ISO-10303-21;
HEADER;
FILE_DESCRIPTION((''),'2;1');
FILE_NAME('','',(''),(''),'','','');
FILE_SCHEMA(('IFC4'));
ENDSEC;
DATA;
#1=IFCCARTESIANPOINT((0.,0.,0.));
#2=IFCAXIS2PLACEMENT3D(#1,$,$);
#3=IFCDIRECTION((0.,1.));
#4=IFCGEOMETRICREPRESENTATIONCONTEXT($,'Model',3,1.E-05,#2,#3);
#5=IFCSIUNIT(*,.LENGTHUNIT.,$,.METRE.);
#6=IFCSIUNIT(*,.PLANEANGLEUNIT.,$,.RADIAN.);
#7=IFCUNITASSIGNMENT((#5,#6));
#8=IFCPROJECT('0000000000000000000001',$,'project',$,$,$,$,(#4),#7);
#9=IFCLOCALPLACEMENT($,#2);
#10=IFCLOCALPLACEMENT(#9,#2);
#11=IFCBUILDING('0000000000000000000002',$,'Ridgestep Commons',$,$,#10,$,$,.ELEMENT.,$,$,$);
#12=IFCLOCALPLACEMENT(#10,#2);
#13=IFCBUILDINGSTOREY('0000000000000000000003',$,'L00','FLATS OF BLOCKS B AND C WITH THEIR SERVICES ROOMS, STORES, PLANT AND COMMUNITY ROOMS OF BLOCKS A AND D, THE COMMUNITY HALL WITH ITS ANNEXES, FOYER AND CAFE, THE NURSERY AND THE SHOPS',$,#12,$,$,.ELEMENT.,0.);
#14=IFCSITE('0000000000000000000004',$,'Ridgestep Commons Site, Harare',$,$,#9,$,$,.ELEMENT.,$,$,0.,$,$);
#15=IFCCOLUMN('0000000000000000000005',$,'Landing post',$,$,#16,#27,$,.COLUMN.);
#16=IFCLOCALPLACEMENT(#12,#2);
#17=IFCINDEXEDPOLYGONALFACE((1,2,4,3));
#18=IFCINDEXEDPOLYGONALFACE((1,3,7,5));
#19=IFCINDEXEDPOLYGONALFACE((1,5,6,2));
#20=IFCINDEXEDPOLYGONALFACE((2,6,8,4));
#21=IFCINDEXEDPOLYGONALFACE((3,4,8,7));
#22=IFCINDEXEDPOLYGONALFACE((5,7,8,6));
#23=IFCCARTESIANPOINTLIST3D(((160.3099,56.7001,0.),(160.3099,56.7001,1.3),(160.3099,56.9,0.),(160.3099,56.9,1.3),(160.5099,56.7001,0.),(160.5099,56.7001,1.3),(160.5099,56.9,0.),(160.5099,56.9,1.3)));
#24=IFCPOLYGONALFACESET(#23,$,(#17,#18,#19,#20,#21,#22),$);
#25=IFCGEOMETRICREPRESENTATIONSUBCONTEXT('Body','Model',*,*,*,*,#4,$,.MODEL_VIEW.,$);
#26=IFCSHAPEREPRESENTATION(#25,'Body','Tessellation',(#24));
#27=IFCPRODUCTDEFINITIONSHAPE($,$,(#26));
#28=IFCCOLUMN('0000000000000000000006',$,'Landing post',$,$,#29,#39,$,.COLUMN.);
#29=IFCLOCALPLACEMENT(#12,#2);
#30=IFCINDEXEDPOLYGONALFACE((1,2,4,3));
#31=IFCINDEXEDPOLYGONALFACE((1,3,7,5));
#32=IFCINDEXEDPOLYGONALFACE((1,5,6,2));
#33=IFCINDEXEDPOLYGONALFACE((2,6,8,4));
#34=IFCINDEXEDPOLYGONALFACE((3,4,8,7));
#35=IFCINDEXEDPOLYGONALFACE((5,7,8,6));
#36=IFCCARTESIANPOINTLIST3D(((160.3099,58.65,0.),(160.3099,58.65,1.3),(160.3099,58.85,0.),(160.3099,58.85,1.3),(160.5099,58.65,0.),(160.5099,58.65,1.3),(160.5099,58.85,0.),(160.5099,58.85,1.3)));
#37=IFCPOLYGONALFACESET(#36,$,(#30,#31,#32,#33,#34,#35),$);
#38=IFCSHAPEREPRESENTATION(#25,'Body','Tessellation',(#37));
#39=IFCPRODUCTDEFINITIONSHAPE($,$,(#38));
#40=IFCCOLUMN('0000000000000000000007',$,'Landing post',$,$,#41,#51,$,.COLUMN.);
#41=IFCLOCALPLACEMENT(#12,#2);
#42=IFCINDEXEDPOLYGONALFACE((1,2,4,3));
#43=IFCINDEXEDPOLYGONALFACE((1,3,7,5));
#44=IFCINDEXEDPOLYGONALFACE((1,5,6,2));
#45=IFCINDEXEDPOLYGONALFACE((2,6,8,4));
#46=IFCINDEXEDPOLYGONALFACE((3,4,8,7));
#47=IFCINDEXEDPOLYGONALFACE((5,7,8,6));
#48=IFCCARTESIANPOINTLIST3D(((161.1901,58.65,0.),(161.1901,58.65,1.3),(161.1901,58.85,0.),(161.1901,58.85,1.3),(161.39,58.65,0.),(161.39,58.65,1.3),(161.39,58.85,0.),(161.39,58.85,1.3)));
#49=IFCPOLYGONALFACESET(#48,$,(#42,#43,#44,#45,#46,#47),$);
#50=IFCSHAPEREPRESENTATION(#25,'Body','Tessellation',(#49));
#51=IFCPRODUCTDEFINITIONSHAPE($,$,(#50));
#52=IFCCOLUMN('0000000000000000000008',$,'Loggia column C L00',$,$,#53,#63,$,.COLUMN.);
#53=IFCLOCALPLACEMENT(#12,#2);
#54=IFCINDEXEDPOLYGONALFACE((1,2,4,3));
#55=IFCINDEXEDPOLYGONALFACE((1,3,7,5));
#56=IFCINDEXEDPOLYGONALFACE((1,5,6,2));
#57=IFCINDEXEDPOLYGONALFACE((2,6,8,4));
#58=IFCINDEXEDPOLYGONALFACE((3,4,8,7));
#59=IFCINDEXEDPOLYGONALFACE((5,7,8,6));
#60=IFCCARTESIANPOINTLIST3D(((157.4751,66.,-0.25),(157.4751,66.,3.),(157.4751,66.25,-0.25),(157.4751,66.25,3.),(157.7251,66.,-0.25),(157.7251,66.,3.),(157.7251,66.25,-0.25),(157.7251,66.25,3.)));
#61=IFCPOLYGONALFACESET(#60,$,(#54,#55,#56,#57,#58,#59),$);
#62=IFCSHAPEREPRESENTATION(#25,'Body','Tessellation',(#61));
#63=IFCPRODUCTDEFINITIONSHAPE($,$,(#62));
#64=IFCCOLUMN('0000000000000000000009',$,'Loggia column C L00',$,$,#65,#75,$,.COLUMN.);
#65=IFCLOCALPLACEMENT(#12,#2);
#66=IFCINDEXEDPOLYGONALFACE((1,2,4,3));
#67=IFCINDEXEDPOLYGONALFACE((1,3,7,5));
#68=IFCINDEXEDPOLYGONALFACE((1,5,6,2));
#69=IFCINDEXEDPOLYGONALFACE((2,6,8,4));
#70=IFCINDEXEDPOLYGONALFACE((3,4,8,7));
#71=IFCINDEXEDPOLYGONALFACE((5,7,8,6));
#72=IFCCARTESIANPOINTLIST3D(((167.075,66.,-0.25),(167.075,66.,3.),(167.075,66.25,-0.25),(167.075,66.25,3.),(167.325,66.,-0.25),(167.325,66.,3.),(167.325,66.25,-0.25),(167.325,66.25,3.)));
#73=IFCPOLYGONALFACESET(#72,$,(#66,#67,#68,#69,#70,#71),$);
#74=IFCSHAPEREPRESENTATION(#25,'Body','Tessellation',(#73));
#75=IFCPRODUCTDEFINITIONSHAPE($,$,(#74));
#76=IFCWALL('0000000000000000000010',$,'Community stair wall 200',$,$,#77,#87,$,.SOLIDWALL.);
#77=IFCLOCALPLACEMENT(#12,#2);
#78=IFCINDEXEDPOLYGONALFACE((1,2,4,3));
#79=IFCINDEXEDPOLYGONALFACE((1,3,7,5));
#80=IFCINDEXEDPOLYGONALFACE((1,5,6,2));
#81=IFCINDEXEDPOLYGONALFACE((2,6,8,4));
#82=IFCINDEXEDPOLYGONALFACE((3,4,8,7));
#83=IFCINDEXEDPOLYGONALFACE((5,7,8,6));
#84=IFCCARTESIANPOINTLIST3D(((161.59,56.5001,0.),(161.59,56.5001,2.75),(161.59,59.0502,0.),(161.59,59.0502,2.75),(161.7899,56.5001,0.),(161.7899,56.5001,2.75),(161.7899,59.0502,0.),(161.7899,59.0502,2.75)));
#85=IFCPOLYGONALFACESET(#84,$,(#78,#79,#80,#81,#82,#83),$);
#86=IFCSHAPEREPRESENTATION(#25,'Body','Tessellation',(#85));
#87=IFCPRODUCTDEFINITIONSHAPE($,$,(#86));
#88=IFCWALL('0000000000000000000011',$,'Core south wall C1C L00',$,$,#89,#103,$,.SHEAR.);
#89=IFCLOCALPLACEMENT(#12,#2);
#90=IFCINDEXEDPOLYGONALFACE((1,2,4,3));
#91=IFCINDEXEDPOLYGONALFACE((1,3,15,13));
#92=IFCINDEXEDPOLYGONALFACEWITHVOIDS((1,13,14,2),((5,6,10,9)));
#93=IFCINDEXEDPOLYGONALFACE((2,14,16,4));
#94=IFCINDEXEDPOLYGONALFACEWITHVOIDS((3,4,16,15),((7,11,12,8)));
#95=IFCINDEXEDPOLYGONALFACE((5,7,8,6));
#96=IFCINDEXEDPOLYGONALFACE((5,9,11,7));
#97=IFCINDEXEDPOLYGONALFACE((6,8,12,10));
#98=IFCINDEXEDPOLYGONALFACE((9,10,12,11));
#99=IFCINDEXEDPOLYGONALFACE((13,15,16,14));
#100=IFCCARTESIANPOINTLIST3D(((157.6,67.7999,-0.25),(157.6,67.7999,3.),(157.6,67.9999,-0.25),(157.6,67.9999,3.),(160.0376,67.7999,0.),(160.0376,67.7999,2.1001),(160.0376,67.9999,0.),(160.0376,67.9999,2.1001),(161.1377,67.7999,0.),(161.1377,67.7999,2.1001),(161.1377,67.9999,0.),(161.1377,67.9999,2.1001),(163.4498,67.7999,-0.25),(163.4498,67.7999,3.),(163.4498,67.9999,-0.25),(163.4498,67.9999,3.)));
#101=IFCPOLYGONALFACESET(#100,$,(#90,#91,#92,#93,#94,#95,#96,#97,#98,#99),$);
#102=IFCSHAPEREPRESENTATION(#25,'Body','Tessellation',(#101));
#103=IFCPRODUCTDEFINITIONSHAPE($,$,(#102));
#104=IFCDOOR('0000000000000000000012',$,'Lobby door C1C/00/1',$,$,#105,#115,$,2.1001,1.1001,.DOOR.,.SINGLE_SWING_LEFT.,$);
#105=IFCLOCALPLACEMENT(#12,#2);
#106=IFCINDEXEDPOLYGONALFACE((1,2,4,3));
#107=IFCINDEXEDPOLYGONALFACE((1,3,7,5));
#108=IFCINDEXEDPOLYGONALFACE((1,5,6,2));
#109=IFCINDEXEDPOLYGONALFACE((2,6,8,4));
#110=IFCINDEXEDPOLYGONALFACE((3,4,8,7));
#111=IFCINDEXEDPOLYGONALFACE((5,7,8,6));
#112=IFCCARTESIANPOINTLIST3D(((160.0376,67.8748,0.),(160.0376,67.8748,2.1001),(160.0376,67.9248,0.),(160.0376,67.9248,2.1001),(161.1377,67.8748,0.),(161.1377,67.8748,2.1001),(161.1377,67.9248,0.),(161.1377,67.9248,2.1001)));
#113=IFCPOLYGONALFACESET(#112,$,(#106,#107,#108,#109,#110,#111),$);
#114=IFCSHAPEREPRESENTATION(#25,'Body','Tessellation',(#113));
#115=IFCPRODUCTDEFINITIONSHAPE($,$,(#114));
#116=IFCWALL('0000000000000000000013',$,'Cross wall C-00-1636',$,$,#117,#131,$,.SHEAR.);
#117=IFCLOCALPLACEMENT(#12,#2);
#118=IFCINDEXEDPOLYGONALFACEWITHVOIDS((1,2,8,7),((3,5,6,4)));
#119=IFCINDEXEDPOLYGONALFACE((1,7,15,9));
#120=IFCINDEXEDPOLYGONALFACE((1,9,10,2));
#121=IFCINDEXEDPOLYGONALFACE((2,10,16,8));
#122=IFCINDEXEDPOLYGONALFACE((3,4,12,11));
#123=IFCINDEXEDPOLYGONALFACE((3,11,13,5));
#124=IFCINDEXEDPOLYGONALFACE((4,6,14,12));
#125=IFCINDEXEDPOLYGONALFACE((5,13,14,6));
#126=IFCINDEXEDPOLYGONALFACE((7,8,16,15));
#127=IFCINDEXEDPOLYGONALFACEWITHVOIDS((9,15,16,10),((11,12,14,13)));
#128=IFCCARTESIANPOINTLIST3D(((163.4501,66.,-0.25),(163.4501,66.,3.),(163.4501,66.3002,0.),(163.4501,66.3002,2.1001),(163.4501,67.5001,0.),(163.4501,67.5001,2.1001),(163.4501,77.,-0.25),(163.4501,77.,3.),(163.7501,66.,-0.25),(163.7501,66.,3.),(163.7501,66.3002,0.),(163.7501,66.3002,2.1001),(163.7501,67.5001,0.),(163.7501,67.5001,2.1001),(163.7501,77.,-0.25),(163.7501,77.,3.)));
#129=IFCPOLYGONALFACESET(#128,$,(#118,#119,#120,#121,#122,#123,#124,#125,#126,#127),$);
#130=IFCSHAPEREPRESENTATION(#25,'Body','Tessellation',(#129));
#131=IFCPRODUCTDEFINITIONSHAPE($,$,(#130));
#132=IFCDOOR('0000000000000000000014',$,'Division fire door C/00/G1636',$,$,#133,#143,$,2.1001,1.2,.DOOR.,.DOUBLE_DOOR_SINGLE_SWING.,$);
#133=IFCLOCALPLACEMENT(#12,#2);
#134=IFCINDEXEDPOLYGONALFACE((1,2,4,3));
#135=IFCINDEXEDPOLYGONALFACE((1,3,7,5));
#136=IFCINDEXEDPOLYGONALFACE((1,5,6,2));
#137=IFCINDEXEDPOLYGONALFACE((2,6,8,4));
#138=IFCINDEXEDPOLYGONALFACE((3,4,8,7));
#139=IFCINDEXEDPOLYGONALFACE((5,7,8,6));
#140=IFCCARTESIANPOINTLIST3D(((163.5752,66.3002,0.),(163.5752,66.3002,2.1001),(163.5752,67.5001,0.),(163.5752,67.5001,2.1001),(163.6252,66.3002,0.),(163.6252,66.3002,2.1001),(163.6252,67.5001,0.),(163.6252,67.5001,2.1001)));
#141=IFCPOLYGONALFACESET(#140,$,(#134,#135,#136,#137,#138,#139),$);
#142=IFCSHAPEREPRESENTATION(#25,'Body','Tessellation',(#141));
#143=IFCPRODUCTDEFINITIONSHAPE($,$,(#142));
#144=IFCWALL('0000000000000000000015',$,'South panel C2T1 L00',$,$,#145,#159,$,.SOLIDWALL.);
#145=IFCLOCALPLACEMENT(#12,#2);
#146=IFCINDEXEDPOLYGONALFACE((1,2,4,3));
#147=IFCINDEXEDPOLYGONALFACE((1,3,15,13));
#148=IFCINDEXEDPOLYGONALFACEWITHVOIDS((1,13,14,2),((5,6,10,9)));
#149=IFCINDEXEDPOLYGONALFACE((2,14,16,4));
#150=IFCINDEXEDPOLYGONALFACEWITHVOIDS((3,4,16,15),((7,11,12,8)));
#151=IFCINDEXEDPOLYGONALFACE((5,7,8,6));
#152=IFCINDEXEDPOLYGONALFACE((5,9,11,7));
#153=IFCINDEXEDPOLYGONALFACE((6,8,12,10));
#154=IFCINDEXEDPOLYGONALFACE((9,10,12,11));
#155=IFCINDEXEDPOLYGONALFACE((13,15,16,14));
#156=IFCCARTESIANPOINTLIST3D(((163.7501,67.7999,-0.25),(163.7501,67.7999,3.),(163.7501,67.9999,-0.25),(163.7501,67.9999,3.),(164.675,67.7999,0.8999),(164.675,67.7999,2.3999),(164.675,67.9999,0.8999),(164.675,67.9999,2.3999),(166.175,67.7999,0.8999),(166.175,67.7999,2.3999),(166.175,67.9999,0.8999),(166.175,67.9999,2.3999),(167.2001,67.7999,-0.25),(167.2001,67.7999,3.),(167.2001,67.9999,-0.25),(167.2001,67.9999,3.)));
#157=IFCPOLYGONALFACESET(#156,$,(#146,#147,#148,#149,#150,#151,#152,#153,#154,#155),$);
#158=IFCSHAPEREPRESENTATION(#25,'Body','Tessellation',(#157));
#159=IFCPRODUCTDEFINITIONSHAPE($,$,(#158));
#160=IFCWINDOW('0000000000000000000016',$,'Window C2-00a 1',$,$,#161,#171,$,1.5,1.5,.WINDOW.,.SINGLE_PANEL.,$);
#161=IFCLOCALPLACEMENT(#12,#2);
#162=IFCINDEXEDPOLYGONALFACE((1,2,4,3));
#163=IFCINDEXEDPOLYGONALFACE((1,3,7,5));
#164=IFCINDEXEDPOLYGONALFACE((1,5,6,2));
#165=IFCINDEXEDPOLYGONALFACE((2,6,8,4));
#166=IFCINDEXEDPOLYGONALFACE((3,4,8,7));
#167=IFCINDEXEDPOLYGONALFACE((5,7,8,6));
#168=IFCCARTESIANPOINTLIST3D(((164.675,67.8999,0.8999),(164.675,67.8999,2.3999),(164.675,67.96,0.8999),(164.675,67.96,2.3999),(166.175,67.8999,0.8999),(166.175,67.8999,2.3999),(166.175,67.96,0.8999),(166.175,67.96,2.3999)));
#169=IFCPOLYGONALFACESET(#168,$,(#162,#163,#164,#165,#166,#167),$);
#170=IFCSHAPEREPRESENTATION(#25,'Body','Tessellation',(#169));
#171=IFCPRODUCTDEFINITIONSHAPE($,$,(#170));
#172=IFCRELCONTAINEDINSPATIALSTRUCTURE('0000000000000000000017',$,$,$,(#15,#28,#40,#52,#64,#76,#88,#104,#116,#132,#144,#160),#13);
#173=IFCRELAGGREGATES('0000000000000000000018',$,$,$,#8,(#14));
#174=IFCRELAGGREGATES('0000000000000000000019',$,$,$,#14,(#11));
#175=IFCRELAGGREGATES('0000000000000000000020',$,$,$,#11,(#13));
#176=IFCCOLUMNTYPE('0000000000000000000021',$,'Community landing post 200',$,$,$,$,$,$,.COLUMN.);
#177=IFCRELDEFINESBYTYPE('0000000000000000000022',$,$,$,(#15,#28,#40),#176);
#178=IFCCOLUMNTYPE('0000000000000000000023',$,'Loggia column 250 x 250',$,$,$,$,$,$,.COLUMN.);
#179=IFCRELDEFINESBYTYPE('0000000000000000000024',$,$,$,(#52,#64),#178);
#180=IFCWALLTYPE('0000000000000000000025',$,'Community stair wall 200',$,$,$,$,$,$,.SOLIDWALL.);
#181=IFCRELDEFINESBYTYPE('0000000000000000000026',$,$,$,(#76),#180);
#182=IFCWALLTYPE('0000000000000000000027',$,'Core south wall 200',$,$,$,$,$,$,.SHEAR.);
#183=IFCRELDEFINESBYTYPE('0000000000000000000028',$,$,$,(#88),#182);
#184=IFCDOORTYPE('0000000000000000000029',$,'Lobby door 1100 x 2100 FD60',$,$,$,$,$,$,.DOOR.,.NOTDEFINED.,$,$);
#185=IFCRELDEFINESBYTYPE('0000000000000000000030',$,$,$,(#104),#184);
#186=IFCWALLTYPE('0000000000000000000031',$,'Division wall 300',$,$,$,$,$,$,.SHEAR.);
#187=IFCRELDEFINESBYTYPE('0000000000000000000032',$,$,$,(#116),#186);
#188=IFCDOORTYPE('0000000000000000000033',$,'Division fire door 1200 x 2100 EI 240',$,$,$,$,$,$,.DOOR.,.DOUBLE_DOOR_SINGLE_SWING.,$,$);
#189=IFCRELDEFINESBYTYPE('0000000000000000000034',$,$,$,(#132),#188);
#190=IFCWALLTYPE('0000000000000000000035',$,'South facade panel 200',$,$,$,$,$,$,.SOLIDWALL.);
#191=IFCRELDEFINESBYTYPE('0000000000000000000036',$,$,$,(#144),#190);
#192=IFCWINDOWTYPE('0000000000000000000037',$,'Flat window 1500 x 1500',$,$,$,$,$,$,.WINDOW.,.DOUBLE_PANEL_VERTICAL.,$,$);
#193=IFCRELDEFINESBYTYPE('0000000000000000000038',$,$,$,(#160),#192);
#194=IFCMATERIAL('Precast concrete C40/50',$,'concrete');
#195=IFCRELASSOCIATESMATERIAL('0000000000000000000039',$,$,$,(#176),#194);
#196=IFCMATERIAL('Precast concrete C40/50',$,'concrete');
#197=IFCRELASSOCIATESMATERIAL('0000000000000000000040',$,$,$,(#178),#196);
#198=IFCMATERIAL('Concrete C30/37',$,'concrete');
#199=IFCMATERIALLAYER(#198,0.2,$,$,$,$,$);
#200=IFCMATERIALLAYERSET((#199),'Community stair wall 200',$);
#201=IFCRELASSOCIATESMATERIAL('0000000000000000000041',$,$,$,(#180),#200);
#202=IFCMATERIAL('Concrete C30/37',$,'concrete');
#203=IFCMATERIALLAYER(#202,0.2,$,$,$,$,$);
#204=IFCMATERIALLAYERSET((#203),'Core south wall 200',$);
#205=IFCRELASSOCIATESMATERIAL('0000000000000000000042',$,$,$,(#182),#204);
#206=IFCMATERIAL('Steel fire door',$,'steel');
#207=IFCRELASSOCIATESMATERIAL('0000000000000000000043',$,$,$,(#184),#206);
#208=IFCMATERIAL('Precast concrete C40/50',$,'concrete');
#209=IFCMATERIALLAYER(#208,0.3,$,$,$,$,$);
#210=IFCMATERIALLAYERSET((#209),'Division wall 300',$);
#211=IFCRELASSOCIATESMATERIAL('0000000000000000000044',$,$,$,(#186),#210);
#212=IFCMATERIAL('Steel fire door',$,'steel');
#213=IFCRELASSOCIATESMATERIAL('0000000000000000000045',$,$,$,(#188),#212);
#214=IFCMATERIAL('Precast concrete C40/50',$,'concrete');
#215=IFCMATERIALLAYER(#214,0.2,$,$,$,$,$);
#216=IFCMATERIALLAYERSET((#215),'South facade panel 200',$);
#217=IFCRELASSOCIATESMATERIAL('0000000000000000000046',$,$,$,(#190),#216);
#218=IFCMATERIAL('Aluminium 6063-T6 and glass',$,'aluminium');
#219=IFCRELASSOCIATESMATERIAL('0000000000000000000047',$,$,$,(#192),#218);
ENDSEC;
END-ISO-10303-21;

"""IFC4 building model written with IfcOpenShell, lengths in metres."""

from ifc_helpers import new_model, si_unit, direction, frame, frame_2d, origin, origin_2d, place, context, subcontext, project, spatial, rectangle, extrude, material, layer, layer_set, material_profile, profile_set, type_object, element, fill, save


model = new_model("IFC4")

# Units and contexts
model_context = context("Model", 3, precision=1e-05, world=origin(), true_north=direction((0.0, 1.0)))
body_context = subcontext(model_context, "Body", "Model", "MODEL_VIEW")
ifc_project = project(units=[si_unit("LENGTHUNIT", "METRE"), si_unit("PLANEANGLEUNIT", "RADIAN")], contexts=[model_context])

# Site, building, storey
site_placement = place(None, origin())
site = spatial("IfcSite", under=ifc_project, at=site_placement, Name="Ridgestep Commons Site, Harare", CompositionType="ELEMENT", RefElevation=0.0)
building_placement = place(site_placement, origin())
building = spatial("IfcBuilding", under=site, at=building_placement, Name="Ridgestep Commons", CompositionType="ELEMENT")
storey_placement = place(building_placement, origin())
storey = spatial("IfcBuildingStorey", under=building, at=storey_placement, Name="L00", Description="FLATS OF BLOCKS B AND C WITH THEIR SERVICES ROOMS, STORES, PLANT AND COMMUNITY ROOMS OF BLOCKS A AND D, THE COMMUNITY HALL WITH ITS ANNEXES, FOYER AND CAFE, THE NURSERY AND THE SHOPS", CompositionType="ELEMENT", Elevation=0.0)

# Columns
ifc_material_1 = material(Name="Precast concrete C40/50", Category="concrete")
ifc_material_profile_1 = material_profile(ifc_material_1, rectangle(XDim=0.2, YDim=0.2, at=origin_2d()), Name="Community landing post 200")
ifc_profile_set_1 = profile_set([ifc_material_profile_1], Name="Precast concrete C40/50")
column_type_1 = type_object("IfcColumnType", Name="Community landing post 200", PredefinedType="COLUMN", material=ifc_profile_set_1)
for number, where, z_axis, x_axis, name in (
    (1, (160.4099, 56.8, 0.0), (0.0, 0.0, 1.0), (1.0, 0.0, 0.0), "Landing post"),
    (2, (160.4099, 58.75, 0.0), (0.0, 0.0, 1.0), (1.0, 0.0, 0.0), "Landing post"),
    (3, (161.29, 58.75, 0.0), (0.0, 0.0, 1.0), (1.0, 0.0, 0.0), "Landing post"),
):
    element("IfcColumn", number, at=place(storey_placement, frame(where, z_axis=z_axis, x_axis=x_axis)), inside=storey, type_object=column_type_1, Name=name, PredefinedType="COLUMN", context=body_context, shape_type="SweptSolid", body=[
        extrude(rectangle(XDim=0.2, YDim=0.2, at=origin_2d()), origin(), (0.0, 0.0, 1.0), 1.3),
    ])
ifc_material_2 = material(Name="Precast concrete C40/50", Category="concrete")
ifc_material_profile_2 = material_profile(ifc_material_2, rectangle(XDim=0.25, YDim=0.25, at=origin_2d()), Name="PC 250x250")
ifc_profile_set_2 = profile_set([ifc_material_profile_2], Name="Precast concrete C40/50")
column_type_2 = type_object("IfcColumnType", Name="Loggia column 250 x 250", PredefinedType="COLUMN", material=ifc_profile_set_2)
for number, where, z_axis, x_axis, name in (
    (4, (157.6001, 66.125, -0.25), (0.0, 0.0, 1.0), (1.0, 0.0, 0.0), "Loggia column C L00"),
    (5, (167.2, 66.125, -0.25), (0.0, 0.0, 1.0), (1.0, 0.0, 0.0), "Loggia column C L00"),
):
    element("IfcColumn", number, at=place(storey_placement, frame(where, z_axis=z_axis, x_axis=x_axis)), inside=storey, type_object=column_type_2, Name=name, PredefinedType="COLUMN", context=body_context, shape_type="SweptSolid", body=[
        extrude(rectangle(XDim=0.25, YDim=0.25, at=origin_2d()), origin(), (0.0, 0.0, 1.0), 3.25),
    ])

# Wall
ifc_material_3 = material(Name="Concrete C30/37", Category="concrete")
ifc_layer_1 = layer(ifc_material_3, 0.2)
ifc_layer_set_1 = layer_set([ifc_layer_1], Name="Community stair wall 200")
wall_type_1 = type_object("IfcWallType", Name="Community stair wall 200", PredefinedType="SOLIDWALL", material=ifc_layer_set_1)
wall_1_placement = place(storey_placement, frame((161.6899, 59.05, 0.0), z_axis=(0.0, 0.0, 1.0), x_axis=(0.0, -1.0, 0.0)))
element("IfcWall", 6, at=wall_1_placement, inside=storey, type_object=wall_type_1, Name="Community stair wall 200", PredefinedType="SOLIDWALL", context=body_context, shape_type="SweptSolid", body=[
    extrude(rectangle(XDim=2.55, YDim=0.2, at=frame_2d((1.2749, 0.0))), origin(), (0.0, 0.0, 1.0), 2.75),
])

# Walls, openings, doors
ifc_material_4 = material(Name="Concrete C30/37", Category="concrete")
ifc_layer_2 = layer(ifc_material_4, 0.2)
ifc_layer_set_2 = layer_set([ifc_layer_2], Name="Core south wall 200")
wall_type_2 = type_object("IfcWallType", Name="Core south wall 200", PredefinedType="SHEAR", material=ifc_layer_set_2)
wall_2_placement = place(storey_placement, frame((157.6001, 67.8999, -0.25), z_axis=(0.0, 0.0, 1.0), x_axis=(1.0, 0.0, 0.0)))
wall_2 = element("IfcWall", 7, at=wall_2_placement, inside=storey, type_object=wall_type_2, Name="Core south wall C1C L00", PredefinedType="SHEAR", context=body_context, shape_type="SweptSolid", body=[
    extrude(rectangle(XDim=5.8499, YDim=0.2, at=frame_2d((2.9248, 0.0))), origin(), (0.0, 0.0, 1.0), 3.25),
])
opening_1_placement = place(wall_2_placement, frame((2.4375, 0.0, 0.25)))
opening_1 = element("IfcOpeningElement", 8, at=opening_1_placement, cuts=wall_2, PredefinedType="OPENING", context=body_context, shape_type="SweptSolid", body=[
    extrude(rectangle(XDim=1.1001, YDim=2.1001, at=frame_2d((0.55, 1.05))), frame((0.0, 0.1099, 0.0), z_axis=(0.0, -1.0, 0.0), x_axis=(1.0, 0.0, 0.0)), (0.0, 0.0, 1.0), 0.22),
])
ifc_material_5 = material(Name="Steel fire door", Category="steel")
door_type_1 = type_object("IfcDoorType", Name="Lobby door 1100 x 2100 FD60", OperationType="NOTDEFINED", PredefinedType="DOOR", material=ifc_material_5)
door_1_placement = place(opening_1_placement, origin())
door_1 = element("IfcDoor", 9, at=door_1_placement, inside=storey, type_object=door_type_1, Name="Lobby door C1C/00/1", OperationType="SINGLE_SWING_LEFT", OverallHeight=2.1001, OverallWidth=1.1001, PredefinedType="DOOR", context=body_context, shape_type="SweptSolid", body=[
    extrude(rectangle(XDim=1.1001, YDim=2.1001, at=frame_2d((0.55, 1.05))), frame((0.0, 0.0249, 0.0), z_axis=(0.0, -1.0, 0.0), x_axis=(1.0, 0.0, 0.0)), (0.0, 0.0, 1.0), 0.05),
])
fill(opening_1, door_1)
ifc_material_6 = material(Name="Precast concrete C40/50", Category="concrete")
ifc_layer_3 = layer(ifc_material_6, 0.3)
ifc_layer_set_3 = layer_set([ifc_layer_3], Name="Division wall 300")
wall_type_3 = type_object("IfcWallType", Name="Division wall 300", PredefinedType="SHEAR", material=ifc_layer_set_3)
wall_3_placement = place(storey_placement, frame((163.6001, 66.0, -0.25), z_axis=(0.0, 0.0, 1.0), x_axis=(0.0, 1.0, 0.0)))
wall_3 = element("IfcWall", 10, at=wall_3_placement, inside=storey, type_object=wall_type_3, Name="Cross wall C-00-1636", PredefinedType="SHEAR", context=body_context, shape_type="SweptSolid", body=[
    extrude(rectangle(XDim=11.0, YDim=0.3, at=frame_2d((5.5, 0.0))), origin(), (0.0, 0.0, 1.0), 3.25),
])
opening_2_placement = place(wall_3_placement, frame((0.3, 0.0, 0.25)))
opening_2 = element("IfcOpeningElement", 11, at=opening_2_placement, cuts=wall_3, PredefinedType="OPENING", context=body_context, shape_type="SweptSolid", body=[
    extrude(rectangle(XDim=1.2, YDim=2.1001, at=frame_2d((0.6001, 1.05))), frame((0.0, 0.1599, 0.0), z_axis=(0.0, -1.0, 0.0), x_axis=(1.0, 0.0, 0.0)), (0.0, 0.0, 1.0), 0.3201),
])
ifc_material_7 = material(Name="Steel fire door", Category="steel")
door_type_2 = type_object("IfcDoorType", Name="Division fire door 1200 x 2100 EI 240", OperationType="DOUBLE_DOOR_SINGLE_SWING", PredefinedType="DOOR", material=ifc_material_7)
door_2_placement = place(opening_2_placement, origin())
door_2 = element("IfcDoor", 12, at=door_2_placement, inside=storey, type_object=door_type_2, Name="Division fire door C/00/G1636", OperationType="DOUBLE_DOOR_SINGLE_SWING", OverallHeight=2.1001, OverallWidth=1.2, PredefinedType="DOOR", context=body_context, shape_type="SweptSolid", body=[
    extrude(rectangle(XDim=1.2, YDim=2.1001, at=frame_2d((0.6001, 1.05))), frame((0.0, 0.0249, 0.0), z_axis=(0.0, -1.0, 0.0), x_axis=(1.0, 0.0, 0.0)), (0.0, 0.0, 1.0), 0.05),
])
fill(opening_2, door_2)

# Wall, opening, window
ifc_material_8 = material(Name="Precast concrete C40/50", Category="concrete")
ifc_layer_4 = layer(ifc_material_8, 0.2)
ifc_layer_set_4 = layer_set([ifc_layer_4], Name="South facade panel 200")
wall_type_4 = type_object("IfcWallType", Name="South facade panel 200", PredefinedType="SOLIDWALL", material=ifc_layer_set_4)
wall_4_placement = place(storey_placement, frame((163.75, 67.8999, -0.25), z_axis=(0.0, 0.0, 1.0), x_axis=(1.0, 0.0, 0.0)))
wall_4 = element("IfcWall", 13, at=wall_4_placement, inside=storey, type_object=wall_type_4, Name="South panel C2T1 L00", PredefinedType="SOLIDWALL", context=body_context, shape_type="SweptSolid", body=[
    extrude(rectangle(XDim=3.45, YDim=0.2, at=frame_2d((1.7251, 0.0))), origin(), (0.0, 0.0, 1.0), 3.25),
])
opening_3_placement = place(wall_4_placement, frame((0.925, 0.0, 1.1499)))
opening_3 = element("IfcOpeningElement", 14, at=opening_3_placement, cuts=wall_4, PredefinedType="OPENING", context=body_context, shape_type="SweptSolid", body=[
    extrude(rectangle(XDim=1.5, YDim=1.5, at=frame_2d((0.75, 0.75))), frame((0.0, 0.1099, 0.0), z_axis=(0.0, -1.0, 0.0), x_axis=(1.0, 0.0, 0.0)), (0.0, 0.0, 1.0), 0.22),
])
ifc_material_9 = material(Name="Aluminium 6063-T6 and glass", Category="aluminium")
window_type = type_object("IfcWindowType", Name="Flat window 1500 x 1500", PartitioningType="DOUBLE_PANEL_VERTICAL", PredefinedType="WINDOW", material=ifc_material_9)
window_placement = place(opening_3_placement, origin())
window = element("IfcWindow", 15, at=window_placement, inside=storey, type_object=window_type, Name="Window C2-00a 1", OverallHeight=1.5, OverallWidth=1.5, PartitioningType="SINGLE_PANEL", PredefinedType="WINDOW", context=body_context, shape_type="SweptSolid", body=[
    extrude(rectangle(XDim=1.5, YDim=1.5, at=frame_2d((0.75, 0.75))), frame((0.0, 0.0601, 0.0), z_axis=(0.0, -1.0, 0.0), x_axis=(1.0, 0.0, 0.0)), (0.0, 0.0, 1.0), 0.0601),
])
fill(opening_3, window)

save(model, "model.ifc")
